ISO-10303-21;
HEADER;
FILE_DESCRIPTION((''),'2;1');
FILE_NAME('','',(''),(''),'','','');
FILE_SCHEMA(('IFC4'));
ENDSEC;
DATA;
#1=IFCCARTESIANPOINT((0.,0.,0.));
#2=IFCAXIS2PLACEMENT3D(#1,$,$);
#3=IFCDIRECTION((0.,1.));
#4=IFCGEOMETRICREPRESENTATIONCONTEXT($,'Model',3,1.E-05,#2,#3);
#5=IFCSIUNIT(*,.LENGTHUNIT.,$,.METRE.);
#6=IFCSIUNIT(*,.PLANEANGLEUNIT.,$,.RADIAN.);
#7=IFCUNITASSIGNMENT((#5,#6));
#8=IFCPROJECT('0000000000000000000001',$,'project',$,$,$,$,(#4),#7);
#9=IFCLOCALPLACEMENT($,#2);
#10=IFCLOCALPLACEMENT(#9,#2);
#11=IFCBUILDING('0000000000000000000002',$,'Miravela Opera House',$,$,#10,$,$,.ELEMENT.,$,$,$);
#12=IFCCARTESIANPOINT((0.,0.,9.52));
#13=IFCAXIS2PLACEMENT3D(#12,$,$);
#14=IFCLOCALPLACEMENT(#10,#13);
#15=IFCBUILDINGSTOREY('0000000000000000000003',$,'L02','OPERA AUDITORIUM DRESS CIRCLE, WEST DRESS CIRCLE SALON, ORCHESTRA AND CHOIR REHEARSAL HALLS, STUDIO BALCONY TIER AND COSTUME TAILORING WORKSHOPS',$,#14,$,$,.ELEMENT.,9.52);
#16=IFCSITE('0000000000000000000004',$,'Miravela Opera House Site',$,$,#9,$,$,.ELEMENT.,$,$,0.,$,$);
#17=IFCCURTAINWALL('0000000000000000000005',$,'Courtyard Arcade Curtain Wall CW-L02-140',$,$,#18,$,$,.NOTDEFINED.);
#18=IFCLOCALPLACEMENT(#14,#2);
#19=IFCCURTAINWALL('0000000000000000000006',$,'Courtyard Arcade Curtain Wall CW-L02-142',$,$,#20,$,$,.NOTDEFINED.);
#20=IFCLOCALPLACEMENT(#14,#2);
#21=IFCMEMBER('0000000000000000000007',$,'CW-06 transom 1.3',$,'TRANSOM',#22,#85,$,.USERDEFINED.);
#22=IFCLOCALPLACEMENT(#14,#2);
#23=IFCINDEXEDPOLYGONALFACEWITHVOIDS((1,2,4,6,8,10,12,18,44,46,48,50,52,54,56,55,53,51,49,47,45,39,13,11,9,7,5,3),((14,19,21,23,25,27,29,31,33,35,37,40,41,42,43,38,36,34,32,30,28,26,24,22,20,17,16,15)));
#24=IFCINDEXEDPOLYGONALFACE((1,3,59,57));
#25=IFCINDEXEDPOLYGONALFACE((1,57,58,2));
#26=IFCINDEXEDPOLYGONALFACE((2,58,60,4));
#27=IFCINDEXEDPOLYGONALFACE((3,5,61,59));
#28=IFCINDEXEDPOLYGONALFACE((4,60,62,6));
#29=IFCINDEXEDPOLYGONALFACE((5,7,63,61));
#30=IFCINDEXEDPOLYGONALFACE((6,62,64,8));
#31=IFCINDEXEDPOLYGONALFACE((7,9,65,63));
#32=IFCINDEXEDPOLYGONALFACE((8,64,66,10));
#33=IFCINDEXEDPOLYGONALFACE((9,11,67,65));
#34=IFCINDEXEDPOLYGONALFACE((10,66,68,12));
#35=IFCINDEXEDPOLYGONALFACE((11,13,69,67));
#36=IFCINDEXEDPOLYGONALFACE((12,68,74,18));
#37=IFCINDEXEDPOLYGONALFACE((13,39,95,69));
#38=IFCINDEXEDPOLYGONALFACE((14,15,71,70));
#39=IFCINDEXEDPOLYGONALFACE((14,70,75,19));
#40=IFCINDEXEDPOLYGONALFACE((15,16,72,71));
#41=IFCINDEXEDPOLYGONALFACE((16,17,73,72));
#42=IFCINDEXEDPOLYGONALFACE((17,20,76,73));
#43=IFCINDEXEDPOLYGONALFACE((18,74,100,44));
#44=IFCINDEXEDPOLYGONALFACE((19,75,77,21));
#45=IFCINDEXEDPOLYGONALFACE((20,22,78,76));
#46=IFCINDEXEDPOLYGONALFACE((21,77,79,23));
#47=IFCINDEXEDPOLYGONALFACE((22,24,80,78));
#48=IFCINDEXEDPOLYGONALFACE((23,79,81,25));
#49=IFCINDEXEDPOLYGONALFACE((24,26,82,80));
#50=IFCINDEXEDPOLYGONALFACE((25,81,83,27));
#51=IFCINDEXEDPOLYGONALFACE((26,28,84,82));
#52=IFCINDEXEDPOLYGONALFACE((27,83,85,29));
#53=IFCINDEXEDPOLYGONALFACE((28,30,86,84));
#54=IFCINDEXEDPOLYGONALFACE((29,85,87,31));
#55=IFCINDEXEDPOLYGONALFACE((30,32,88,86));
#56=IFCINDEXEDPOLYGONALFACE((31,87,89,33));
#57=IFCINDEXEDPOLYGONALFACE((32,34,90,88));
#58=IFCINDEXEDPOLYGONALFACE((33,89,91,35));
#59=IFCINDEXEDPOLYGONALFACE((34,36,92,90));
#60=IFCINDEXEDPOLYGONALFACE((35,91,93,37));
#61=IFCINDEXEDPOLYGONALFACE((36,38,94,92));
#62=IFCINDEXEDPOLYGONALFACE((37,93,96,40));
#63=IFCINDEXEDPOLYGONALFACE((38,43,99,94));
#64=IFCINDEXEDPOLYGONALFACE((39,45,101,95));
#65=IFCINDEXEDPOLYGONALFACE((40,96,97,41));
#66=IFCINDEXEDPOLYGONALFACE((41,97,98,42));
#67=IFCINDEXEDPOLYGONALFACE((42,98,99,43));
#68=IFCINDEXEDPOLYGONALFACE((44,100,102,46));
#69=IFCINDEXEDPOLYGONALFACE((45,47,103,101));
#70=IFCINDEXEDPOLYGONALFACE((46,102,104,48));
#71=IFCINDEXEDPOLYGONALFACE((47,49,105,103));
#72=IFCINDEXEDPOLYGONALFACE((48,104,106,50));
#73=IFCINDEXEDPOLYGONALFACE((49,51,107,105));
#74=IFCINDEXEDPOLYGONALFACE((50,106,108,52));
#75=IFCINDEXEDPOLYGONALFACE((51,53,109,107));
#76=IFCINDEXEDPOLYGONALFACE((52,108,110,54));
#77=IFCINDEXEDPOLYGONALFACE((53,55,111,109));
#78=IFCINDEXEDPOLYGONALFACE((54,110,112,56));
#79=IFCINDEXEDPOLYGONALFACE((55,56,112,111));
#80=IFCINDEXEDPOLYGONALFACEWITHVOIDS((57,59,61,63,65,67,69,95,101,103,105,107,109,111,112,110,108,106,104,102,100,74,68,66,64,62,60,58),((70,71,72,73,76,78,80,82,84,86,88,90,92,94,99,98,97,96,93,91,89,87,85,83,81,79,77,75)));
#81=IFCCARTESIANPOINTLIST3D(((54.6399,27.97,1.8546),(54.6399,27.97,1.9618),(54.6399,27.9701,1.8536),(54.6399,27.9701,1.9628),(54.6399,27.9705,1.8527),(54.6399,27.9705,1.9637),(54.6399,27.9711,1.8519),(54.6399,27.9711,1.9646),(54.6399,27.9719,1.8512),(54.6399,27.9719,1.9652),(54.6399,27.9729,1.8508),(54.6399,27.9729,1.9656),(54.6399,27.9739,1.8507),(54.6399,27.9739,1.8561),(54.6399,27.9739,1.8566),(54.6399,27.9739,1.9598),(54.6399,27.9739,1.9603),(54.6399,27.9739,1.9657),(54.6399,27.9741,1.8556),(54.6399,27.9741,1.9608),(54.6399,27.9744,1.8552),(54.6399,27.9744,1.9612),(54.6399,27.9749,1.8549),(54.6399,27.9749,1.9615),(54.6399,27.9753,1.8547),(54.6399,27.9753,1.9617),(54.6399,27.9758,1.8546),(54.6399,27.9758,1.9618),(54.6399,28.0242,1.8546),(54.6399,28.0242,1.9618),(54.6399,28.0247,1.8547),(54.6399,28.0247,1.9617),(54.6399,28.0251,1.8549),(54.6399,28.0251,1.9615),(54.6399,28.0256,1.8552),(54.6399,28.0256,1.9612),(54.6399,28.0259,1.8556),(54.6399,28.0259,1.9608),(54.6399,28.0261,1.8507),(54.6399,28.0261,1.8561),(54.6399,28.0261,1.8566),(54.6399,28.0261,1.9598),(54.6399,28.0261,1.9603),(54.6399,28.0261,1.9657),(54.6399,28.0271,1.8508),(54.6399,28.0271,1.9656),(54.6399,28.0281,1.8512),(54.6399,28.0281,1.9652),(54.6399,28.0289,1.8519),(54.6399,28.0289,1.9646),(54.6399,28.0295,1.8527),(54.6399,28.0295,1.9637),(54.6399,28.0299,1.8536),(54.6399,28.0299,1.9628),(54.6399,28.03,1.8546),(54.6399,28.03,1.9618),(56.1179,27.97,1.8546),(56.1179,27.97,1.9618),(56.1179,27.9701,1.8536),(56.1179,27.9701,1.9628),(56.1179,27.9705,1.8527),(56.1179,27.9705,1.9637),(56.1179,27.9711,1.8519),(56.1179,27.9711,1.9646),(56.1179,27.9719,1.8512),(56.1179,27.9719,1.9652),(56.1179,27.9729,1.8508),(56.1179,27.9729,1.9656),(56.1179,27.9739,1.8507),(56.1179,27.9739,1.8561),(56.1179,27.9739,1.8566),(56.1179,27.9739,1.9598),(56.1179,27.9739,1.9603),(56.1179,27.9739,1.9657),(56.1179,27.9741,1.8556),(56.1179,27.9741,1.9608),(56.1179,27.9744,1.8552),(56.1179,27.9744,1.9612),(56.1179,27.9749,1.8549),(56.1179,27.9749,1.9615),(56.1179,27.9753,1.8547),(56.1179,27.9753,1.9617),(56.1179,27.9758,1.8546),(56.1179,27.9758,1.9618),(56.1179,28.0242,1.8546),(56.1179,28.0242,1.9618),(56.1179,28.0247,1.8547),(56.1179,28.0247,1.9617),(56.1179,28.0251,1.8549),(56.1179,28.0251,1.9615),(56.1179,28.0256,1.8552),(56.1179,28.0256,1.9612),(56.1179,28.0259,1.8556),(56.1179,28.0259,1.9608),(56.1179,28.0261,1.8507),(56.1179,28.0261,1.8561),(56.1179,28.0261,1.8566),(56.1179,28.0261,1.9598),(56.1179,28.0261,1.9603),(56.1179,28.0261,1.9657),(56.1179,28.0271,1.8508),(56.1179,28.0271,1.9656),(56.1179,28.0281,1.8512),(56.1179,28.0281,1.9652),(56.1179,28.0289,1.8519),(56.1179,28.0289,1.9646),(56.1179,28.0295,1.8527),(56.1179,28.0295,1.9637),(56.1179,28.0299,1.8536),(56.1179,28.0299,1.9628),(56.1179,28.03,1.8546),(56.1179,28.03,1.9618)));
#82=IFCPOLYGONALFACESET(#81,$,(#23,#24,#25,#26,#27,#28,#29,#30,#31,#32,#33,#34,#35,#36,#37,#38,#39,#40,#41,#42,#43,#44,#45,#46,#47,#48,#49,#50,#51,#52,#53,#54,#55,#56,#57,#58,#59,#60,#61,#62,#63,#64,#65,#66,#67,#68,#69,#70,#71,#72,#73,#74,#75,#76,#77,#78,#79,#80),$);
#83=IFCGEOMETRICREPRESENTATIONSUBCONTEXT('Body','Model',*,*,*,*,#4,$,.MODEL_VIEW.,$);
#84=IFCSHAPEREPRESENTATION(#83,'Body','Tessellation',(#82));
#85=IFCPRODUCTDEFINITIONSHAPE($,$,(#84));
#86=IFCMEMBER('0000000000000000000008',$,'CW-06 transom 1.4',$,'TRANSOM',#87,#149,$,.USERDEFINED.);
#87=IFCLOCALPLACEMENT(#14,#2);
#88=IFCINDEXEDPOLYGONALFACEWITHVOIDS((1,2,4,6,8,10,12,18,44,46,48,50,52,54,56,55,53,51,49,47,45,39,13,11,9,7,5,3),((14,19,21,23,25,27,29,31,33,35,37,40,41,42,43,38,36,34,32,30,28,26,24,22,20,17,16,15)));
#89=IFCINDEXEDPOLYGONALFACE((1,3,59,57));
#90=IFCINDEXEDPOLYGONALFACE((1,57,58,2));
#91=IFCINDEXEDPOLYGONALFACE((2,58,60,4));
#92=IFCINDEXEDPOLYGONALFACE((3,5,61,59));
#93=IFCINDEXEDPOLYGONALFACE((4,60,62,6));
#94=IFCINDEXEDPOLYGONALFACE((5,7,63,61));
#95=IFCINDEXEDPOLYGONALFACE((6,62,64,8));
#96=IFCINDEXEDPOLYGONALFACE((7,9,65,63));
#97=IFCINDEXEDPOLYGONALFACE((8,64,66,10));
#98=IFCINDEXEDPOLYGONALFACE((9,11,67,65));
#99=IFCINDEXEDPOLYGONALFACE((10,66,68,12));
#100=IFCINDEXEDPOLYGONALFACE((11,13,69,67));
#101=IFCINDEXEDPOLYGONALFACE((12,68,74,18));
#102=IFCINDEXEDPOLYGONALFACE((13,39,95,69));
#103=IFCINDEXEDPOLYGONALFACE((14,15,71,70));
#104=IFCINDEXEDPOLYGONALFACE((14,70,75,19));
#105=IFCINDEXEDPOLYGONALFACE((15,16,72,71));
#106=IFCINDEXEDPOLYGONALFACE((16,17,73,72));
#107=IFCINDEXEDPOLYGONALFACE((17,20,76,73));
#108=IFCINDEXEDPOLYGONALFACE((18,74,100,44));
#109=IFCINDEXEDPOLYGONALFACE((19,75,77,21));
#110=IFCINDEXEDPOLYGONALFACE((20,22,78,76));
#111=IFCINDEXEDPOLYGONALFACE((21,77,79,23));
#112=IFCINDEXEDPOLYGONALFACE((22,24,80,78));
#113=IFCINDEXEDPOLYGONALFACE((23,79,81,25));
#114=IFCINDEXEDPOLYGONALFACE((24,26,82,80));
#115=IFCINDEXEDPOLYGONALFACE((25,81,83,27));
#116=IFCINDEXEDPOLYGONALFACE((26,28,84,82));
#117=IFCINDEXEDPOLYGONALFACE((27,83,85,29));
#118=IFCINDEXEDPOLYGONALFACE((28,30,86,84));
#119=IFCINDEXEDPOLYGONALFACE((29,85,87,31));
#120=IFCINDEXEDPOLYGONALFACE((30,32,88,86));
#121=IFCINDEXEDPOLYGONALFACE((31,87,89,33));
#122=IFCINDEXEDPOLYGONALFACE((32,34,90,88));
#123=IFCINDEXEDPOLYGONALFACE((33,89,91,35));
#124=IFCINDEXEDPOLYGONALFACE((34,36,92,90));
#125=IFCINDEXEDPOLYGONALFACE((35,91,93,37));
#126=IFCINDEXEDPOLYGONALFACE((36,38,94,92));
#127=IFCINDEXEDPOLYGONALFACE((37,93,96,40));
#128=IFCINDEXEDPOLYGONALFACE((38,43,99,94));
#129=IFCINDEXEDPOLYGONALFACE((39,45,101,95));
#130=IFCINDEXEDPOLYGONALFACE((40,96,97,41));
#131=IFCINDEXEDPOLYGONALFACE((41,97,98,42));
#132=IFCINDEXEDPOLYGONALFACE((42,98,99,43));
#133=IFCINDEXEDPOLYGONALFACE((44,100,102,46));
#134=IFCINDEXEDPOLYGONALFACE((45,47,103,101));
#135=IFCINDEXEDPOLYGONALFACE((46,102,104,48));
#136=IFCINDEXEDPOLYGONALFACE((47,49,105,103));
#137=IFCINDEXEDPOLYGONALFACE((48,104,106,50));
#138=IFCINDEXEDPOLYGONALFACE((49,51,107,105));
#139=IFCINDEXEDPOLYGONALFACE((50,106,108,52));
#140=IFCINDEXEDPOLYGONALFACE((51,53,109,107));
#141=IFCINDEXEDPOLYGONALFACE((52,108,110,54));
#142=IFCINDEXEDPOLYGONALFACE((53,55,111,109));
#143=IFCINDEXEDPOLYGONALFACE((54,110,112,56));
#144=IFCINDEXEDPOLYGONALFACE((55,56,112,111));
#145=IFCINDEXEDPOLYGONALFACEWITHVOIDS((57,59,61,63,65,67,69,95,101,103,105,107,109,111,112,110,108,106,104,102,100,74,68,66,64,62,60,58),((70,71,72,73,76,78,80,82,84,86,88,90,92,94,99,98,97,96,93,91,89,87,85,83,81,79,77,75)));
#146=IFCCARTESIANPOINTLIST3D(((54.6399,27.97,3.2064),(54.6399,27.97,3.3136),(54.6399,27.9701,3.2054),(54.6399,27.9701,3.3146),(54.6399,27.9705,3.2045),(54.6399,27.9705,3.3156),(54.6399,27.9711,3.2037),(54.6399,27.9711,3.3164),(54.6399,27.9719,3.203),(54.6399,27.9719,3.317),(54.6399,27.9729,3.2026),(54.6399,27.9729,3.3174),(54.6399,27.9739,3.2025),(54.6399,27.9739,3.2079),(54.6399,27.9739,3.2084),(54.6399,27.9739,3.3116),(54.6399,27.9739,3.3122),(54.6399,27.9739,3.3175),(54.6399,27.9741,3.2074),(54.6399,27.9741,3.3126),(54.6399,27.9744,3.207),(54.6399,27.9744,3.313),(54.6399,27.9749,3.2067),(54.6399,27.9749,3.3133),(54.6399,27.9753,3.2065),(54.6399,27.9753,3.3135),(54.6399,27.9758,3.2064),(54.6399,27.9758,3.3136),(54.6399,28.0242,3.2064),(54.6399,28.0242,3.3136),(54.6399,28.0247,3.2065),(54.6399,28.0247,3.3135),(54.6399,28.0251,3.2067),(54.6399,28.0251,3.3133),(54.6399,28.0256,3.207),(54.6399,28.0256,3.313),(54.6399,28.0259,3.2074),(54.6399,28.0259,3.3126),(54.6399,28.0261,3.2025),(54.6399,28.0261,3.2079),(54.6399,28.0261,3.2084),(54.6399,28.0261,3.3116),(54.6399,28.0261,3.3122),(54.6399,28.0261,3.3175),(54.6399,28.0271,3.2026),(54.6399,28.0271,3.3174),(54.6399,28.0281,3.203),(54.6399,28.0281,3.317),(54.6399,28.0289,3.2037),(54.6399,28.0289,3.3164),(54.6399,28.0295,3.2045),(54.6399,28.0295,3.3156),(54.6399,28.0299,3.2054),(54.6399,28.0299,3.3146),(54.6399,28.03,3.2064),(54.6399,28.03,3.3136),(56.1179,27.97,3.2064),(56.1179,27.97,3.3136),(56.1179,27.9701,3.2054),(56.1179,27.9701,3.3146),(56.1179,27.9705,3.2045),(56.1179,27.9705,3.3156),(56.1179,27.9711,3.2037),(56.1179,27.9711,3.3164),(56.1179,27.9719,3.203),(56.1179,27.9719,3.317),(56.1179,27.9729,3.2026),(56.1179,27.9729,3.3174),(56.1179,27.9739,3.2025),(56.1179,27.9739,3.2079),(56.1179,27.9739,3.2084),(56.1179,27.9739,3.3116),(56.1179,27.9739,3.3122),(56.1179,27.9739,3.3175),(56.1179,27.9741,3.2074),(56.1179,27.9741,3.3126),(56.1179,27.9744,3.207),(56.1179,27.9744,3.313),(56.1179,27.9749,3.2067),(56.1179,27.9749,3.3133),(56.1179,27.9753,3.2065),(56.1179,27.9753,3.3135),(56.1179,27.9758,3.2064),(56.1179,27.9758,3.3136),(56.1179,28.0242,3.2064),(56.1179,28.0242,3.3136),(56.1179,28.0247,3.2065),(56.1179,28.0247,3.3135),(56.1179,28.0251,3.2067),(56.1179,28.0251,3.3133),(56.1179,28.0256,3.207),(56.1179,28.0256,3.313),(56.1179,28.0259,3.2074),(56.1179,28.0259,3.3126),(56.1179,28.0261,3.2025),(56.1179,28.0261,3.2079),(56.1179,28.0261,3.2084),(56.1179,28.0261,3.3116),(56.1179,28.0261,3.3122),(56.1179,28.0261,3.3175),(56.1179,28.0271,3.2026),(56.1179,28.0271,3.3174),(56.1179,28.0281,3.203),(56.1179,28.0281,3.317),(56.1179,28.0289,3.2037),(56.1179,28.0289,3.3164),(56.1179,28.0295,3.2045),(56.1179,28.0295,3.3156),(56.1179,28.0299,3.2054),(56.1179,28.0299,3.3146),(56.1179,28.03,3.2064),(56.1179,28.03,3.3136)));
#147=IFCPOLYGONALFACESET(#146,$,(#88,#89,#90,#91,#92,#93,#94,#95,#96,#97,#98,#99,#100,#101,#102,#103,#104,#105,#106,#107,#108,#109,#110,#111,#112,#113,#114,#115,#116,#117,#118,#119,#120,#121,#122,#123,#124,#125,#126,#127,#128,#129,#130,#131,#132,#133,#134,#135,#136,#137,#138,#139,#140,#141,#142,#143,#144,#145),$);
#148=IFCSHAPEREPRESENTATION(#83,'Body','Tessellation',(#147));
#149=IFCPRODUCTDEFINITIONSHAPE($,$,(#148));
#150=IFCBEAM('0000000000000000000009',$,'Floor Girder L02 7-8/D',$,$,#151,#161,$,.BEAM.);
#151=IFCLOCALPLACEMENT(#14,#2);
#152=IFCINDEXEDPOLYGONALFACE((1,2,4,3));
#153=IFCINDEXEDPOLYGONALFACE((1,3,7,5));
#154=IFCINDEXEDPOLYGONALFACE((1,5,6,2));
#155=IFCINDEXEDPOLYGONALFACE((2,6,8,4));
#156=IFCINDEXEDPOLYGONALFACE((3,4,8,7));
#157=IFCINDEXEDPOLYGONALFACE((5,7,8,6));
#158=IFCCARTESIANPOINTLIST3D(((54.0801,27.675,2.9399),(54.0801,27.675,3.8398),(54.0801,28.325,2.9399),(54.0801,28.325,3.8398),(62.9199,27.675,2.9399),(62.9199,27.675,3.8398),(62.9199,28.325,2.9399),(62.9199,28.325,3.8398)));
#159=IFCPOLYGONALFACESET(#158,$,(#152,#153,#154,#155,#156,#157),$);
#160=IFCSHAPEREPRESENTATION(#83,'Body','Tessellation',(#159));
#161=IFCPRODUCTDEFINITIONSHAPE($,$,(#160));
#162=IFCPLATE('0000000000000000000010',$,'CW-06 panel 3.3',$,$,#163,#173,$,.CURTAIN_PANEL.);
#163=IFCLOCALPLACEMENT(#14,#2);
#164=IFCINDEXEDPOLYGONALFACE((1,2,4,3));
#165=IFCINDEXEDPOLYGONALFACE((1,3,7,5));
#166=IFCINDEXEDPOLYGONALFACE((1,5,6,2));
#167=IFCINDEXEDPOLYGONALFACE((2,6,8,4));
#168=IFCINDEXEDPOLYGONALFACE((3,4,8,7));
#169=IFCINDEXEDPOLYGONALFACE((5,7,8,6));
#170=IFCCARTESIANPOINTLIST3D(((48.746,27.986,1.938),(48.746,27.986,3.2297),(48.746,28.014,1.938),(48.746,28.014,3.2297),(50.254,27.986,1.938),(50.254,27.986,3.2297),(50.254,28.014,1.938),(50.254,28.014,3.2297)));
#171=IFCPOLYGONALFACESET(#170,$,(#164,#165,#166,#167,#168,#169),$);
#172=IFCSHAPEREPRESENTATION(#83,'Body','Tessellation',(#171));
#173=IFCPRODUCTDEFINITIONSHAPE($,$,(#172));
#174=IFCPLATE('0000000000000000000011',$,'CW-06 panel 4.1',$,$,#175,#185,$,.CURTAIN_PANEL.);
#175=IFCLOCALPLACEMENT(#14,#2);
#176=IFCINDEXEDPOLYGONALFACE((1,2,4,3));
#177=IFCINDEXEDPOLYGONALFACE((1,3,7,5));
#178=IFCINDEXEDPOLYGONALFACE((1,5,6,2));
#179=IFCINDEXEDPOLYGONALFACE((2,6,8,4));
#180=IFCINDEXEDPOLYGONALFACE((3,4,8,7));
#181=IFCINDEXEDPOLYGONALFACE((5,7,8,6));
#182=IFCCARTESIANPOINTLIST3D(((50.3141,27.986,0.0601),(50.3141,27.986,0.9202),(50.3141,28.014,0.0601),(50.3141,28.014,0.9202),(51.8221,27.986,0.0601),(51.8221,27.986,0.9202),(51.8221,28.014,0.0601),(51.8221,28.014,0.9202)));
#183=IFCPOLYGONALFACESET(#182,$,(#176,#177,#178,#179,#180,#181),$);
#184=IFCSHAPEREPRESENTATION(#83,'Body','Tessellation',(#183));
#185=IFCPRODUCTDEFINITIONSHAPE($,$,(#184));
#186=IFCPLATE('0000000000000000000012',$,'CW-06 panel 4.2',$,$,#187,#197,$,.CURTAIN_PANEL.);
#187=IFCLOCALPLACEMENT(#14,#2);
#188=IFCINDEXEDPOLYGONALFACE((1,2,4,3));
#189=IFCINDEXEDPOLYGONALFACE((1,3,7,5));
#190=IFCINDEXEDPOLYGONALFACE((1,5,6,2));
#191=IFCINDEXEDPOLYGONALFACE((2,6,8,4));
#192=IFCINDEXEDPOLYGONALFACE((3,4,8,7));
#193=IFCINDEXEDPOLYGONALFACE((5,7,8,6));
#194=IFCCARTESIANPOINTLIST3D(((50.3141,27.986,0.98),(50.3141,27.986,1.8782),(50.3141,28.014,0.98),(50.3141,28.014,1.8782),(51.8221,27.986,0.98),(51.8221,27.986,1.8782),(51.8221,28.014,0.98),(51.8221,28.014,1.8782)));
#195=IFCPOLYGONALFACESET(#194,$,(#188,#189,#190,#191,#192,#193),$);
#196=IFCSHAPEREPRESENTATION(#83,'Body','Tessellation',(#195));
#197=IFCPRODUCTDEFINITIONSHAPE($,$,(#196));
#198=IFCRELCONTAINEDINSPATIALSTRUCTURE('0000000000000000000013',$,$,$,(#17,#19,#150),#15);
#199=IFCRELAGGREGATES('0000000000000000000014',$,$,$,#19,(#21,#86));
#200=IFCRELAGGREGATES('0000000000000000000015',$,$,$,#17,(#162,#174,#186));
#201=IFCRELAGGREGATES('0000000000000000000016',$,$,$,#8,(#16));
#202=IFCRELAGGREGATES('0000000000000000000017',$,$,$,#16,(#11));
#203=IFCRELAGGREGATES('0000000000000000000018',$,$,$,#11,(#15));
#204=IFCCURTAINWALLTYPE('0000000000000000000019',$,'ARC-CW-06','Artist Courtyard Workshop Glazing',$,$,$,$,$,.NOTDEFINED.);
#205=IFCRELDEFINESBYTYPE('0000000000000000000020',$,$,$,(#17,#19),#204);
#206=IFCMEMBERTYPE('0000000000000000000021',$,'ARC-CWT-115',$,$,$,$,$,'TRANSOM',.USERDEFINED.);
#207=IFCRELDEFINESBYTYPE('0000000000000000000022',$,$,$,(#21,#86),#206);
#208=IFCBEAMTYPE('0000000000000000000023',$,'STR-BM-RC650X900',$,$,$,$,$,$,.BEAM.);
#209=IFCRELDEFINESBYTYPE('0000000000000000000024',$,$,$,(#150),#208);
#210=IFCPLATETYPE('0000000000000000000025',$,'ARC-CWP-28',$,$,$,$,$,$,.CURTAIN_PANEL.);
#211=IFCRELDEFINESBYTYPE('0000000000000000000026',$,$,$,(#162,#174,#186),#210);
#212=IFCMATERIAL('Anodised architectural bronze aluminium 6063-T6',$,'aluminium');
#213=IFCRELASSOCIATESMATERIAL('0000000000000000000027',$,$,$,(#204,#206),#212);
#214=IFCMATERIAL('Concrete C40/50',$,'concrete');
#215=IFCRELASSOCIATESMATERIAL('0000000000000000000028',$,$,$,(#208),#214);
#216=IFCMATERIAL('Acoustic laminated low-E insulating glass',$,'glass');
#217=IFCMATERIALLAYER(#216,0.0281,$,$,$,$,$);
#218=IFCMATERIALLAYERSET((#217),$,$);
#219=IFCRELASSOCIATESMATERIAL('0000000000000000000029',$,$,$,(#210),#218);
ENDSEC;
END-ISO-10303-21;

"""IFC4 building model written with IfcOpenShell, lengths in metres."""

from ifc_helpers import new_model, si_unit, direction, frame, origin, origin_2d, place, context, subcontext, project, spatial, rectangle, hollow_rectangle, extrude, material, layer, layer_set, material_profile, profile_set, type_object, element, aggregate, save


model = new_model("IFC4")

# Units and contexts
model_context = context("Model", 3, precision=1e-05, world=origin(), true_north=direction((0.0, 1.0)))
body_context = subcontext(model_context, "Body", "Model", "MODEL_VIEW")
ifc_project = project(units=[si_unit("LENGTHUNIT", "METRE"), si_unit("PLANEANGLEUNIT", "RADIAN")], contexts=[model_context])

# Site, building, storey
site_placement = place(None, origin())
site = spatial("IfcSite", under=ifc_project, at=site_placement, Name="Miravela Opera House Site", CompositionType="ELEMENT", RefElevation=0.0)
building_placement = place(site_placement, origin())
building = spatial("IfcBuilding", under=site, at=building_placement, Name="Miravela Opera House", CompositionType="ELEMENT")
storey_placement = place(building_placement, frame((0.0, 0.0, 9.52)))
storey = spatial("IfcBuildingStorey", under=building, at=storey_placement, Name="L02", Description="OPERA AUDITORIUM DRESS CIRCLE, WEST DRESS CIRCLE SALON, ORCHESTRA AND CHOIR REHEARSAL HALLS, STUDIO BALCONY TIER AND COSTUME TAILORING WORKSHOPS", CompositionType="ELEMENT", Elevation=9.52)

# Curtain wall
ifc_material_1 = material(Name="Anodised architectural bronze aluminium 6063-T6", Category="aluminium")
curtain_wall_type = type_object("IfcCurtainWallType", Name="ARC-CW-06", Description="Artist Courtyard Workshop Glazing", PredefinedType="NOTDEFINED", material=ifc_material_1)
curtain_wall_1_placement = place(storey_placement, origin())
curtain_wall_1 = element("IfcCurtainWall", 1, at=curtain_wall_1_placement, inside=storey, type_object=curtain_wall_type, Name="Courtyard Arcade Curtain Wall CW-L02-140", PredefinedType="NOTDEFINED")

# Curtain wall
curtain_wall_2_placement = place(storey_placement, origin())
curtain_wall_2 = element("IfcCurtainWall", 2, at=curtain_wall_2_placement, inside=storey, type_object=curtain_wall_type, Name="Courtyard Arcade Curtain Wall CW-L02-142", PredefinedType="NOTDEFINED")

# Members
ifc_material_profile_1 = material_profile(ifc_material_1, hollow_rectangle(XDim=0.0601, YDim=0.115, WallThickness=0.0039, InnerFilletRadius=0.002, OuterFilletRadius=0.0039, at=origin_2d()), Name="CWT-60X115")
ifc_profile_set_1 = profile_set([ifc_material_profile_1])
member_type_1 = type_object("IfcMemberType", Name="ARC-CWT-115", ElementType="TRANSOM", PredefinedType="USERDEFINED", material=ifc_profile_set_1)
member_1_placement = place(storey_placement, frame((54.6399, 28.0, 1.9082), z_axis=(1.0, 0.0, 0.0), x_axis=(0.0, 1.0, 0.0)))
member_1 = element("IfcMember", 3, at=member_1_placement, type_object=member_type_1, Name="CW-06 transom 1.3", ObjectType="TRANSOM", PredefinedType="USERDEFINED", context=body_context, shape_type="SweptSolid", body=[
    extrude(hollow_rectangle(XDim=0.0601, YDim=0.115, WallThickness=0.0039, InnerFilletRadius=0.002, OuterFilletRadius=0.0039, at=origin_2d()), origin(), (0.0, 0.0, 1.0), 1.478),
])
member_2_placement = place(storey_placement, frame((54.6399, 28.0, 3.26), z_axis=(1.0, 0.0, 0.0), x_axis=(0.0, 1.0, 0.0)))
member_2 = element("IfcMember", 4, at=member_2_placement, type_object=member_type_1, Name="CW-06 transom 1.4", ObjectType="TRANSOM", PredefinedType="USERDEFINED", context=body_context, shape_type="SweptSolid", body=[
    extrude(hollow_rectangle(XDim=0.0601, YDim=0.115, WallThickness=0.0039, InnerFilletRadius=0.002, OuterFilletRadius=0.0039, at=origin_2d()), origin(), (0.0, 0.0, 1.0), 1.478),
])
aggregate(curtain_wall_2, [member_1, member_2])

# Beam
ifc_material_2 = material(Name="Concrete C40/50", Category="concrete")
ifc_material_profile_2 = material_profile(ifc_material_2, rectangle(XDim=0.6499, YDim=0.8999, at=origin_2d()), Name="RC-BM-650X900")
ifc_profile_set_2 = profile_set([ifc_material_profile_2])
beam_type = type_object("IfcBeamType", Name="STR-BM-RC650X900", PredefinedType="BEAM", material=ifc_profile_set_2)
beam_placement = place(storey_placement, frame((54.0801, 28.0, 3.3899), z_axis=(1.0, 0.0, 0.0), x_axis=(0.0, 1.0, 0.0)))
element("IfcBeam", 5, at=beam_placement, inside=storey, type_object=beam_type, Name="Floor Girder L02 7-8/D", PredefinedType="BEAM", context=body_context, shape_type="SweptSolid", body=[
    extrude(rectangle(XDim=0.6499, YDim=0.8999, at=origin_2d()), origin(), (0.0, 0.0, 1.0), 8.8398),
])

# Plates
ifc_material_3 = material(Name="Acoustic laminated low-E insulating glass", Category="glass")
ifc_layer = layer(ifc_material_3, 0.0281)
ifc_layer_set = layer_set([ifc_layer])
plate_type = type_object("IfcPlateType", Name="ARC-CWP-28", PredefinedType="CURTAIN_PANEL", material=ifc_layer_set)
plate_1_placement = place(storey_placement, frame((49.5, 28.0, 1.938), z_axis=(0.0, 0.0, 1.0), x_axis=(1.0, 0.0, 0.0)))
plate_1 = element("IfcPlate", 6, at=plate_1_placement, type_object=plate_type, Name="CW-06 panel 3.3", PredefinedType="CURTAIN_PANEL", context=body_context, shape_type="SweptSolid", body=[
    extrude(rectangle(XDim=1.5081, YDim=0.0281, at=origin_2d()), origin(), (0.0, 0.0, 1.0), 1.2917),
])
plate_2_placement = place(storey_placement, frame((51.0681, 28.0, 0.0601), z_axis=(0.0, 0.0, 1.0), x_axis=(1.0, 0.0, 0.0)))
plate_2 = element("IfcPlate", 7, at=plate_2_placement, type_object=plate_type, Name="CW-06 panel 4.1", PredefinedType="CURTAIN_PANEL", context=body_context, shape_type="SweptSolid", body=[
    extrude(rectangle(XDim=1.5081, YDim=0.0281, at=origin_2d()), origin(), (0.0, 0.0, 1.0), 0.8601),
])
plate_3_placement = place(storey_placement, frame((51.0681, 28.0, 0.98), z_axis=(0.0, 0.0, 1.0), x_axis=(1.0, 0.0, 0.0)))
plate_3 = element("IfcPlate", 8, at=plate_3_placement, type_object=plate_type, Name="CW-06 panel 4.2", PredefinedType="CURTAIN_PANEL", context=body_context, shape_type="SweptSolid", body=[
    extrude(rectangle(XDim=1.5081, YDim=0.0281, at=origin_2d()), origin(), (0.0, 0.0, 1.0), 0.8982),
])
aggregate(curtain_wall_1, [plate_1, plate_2, plate_3])

save(model, "model.ifc")
